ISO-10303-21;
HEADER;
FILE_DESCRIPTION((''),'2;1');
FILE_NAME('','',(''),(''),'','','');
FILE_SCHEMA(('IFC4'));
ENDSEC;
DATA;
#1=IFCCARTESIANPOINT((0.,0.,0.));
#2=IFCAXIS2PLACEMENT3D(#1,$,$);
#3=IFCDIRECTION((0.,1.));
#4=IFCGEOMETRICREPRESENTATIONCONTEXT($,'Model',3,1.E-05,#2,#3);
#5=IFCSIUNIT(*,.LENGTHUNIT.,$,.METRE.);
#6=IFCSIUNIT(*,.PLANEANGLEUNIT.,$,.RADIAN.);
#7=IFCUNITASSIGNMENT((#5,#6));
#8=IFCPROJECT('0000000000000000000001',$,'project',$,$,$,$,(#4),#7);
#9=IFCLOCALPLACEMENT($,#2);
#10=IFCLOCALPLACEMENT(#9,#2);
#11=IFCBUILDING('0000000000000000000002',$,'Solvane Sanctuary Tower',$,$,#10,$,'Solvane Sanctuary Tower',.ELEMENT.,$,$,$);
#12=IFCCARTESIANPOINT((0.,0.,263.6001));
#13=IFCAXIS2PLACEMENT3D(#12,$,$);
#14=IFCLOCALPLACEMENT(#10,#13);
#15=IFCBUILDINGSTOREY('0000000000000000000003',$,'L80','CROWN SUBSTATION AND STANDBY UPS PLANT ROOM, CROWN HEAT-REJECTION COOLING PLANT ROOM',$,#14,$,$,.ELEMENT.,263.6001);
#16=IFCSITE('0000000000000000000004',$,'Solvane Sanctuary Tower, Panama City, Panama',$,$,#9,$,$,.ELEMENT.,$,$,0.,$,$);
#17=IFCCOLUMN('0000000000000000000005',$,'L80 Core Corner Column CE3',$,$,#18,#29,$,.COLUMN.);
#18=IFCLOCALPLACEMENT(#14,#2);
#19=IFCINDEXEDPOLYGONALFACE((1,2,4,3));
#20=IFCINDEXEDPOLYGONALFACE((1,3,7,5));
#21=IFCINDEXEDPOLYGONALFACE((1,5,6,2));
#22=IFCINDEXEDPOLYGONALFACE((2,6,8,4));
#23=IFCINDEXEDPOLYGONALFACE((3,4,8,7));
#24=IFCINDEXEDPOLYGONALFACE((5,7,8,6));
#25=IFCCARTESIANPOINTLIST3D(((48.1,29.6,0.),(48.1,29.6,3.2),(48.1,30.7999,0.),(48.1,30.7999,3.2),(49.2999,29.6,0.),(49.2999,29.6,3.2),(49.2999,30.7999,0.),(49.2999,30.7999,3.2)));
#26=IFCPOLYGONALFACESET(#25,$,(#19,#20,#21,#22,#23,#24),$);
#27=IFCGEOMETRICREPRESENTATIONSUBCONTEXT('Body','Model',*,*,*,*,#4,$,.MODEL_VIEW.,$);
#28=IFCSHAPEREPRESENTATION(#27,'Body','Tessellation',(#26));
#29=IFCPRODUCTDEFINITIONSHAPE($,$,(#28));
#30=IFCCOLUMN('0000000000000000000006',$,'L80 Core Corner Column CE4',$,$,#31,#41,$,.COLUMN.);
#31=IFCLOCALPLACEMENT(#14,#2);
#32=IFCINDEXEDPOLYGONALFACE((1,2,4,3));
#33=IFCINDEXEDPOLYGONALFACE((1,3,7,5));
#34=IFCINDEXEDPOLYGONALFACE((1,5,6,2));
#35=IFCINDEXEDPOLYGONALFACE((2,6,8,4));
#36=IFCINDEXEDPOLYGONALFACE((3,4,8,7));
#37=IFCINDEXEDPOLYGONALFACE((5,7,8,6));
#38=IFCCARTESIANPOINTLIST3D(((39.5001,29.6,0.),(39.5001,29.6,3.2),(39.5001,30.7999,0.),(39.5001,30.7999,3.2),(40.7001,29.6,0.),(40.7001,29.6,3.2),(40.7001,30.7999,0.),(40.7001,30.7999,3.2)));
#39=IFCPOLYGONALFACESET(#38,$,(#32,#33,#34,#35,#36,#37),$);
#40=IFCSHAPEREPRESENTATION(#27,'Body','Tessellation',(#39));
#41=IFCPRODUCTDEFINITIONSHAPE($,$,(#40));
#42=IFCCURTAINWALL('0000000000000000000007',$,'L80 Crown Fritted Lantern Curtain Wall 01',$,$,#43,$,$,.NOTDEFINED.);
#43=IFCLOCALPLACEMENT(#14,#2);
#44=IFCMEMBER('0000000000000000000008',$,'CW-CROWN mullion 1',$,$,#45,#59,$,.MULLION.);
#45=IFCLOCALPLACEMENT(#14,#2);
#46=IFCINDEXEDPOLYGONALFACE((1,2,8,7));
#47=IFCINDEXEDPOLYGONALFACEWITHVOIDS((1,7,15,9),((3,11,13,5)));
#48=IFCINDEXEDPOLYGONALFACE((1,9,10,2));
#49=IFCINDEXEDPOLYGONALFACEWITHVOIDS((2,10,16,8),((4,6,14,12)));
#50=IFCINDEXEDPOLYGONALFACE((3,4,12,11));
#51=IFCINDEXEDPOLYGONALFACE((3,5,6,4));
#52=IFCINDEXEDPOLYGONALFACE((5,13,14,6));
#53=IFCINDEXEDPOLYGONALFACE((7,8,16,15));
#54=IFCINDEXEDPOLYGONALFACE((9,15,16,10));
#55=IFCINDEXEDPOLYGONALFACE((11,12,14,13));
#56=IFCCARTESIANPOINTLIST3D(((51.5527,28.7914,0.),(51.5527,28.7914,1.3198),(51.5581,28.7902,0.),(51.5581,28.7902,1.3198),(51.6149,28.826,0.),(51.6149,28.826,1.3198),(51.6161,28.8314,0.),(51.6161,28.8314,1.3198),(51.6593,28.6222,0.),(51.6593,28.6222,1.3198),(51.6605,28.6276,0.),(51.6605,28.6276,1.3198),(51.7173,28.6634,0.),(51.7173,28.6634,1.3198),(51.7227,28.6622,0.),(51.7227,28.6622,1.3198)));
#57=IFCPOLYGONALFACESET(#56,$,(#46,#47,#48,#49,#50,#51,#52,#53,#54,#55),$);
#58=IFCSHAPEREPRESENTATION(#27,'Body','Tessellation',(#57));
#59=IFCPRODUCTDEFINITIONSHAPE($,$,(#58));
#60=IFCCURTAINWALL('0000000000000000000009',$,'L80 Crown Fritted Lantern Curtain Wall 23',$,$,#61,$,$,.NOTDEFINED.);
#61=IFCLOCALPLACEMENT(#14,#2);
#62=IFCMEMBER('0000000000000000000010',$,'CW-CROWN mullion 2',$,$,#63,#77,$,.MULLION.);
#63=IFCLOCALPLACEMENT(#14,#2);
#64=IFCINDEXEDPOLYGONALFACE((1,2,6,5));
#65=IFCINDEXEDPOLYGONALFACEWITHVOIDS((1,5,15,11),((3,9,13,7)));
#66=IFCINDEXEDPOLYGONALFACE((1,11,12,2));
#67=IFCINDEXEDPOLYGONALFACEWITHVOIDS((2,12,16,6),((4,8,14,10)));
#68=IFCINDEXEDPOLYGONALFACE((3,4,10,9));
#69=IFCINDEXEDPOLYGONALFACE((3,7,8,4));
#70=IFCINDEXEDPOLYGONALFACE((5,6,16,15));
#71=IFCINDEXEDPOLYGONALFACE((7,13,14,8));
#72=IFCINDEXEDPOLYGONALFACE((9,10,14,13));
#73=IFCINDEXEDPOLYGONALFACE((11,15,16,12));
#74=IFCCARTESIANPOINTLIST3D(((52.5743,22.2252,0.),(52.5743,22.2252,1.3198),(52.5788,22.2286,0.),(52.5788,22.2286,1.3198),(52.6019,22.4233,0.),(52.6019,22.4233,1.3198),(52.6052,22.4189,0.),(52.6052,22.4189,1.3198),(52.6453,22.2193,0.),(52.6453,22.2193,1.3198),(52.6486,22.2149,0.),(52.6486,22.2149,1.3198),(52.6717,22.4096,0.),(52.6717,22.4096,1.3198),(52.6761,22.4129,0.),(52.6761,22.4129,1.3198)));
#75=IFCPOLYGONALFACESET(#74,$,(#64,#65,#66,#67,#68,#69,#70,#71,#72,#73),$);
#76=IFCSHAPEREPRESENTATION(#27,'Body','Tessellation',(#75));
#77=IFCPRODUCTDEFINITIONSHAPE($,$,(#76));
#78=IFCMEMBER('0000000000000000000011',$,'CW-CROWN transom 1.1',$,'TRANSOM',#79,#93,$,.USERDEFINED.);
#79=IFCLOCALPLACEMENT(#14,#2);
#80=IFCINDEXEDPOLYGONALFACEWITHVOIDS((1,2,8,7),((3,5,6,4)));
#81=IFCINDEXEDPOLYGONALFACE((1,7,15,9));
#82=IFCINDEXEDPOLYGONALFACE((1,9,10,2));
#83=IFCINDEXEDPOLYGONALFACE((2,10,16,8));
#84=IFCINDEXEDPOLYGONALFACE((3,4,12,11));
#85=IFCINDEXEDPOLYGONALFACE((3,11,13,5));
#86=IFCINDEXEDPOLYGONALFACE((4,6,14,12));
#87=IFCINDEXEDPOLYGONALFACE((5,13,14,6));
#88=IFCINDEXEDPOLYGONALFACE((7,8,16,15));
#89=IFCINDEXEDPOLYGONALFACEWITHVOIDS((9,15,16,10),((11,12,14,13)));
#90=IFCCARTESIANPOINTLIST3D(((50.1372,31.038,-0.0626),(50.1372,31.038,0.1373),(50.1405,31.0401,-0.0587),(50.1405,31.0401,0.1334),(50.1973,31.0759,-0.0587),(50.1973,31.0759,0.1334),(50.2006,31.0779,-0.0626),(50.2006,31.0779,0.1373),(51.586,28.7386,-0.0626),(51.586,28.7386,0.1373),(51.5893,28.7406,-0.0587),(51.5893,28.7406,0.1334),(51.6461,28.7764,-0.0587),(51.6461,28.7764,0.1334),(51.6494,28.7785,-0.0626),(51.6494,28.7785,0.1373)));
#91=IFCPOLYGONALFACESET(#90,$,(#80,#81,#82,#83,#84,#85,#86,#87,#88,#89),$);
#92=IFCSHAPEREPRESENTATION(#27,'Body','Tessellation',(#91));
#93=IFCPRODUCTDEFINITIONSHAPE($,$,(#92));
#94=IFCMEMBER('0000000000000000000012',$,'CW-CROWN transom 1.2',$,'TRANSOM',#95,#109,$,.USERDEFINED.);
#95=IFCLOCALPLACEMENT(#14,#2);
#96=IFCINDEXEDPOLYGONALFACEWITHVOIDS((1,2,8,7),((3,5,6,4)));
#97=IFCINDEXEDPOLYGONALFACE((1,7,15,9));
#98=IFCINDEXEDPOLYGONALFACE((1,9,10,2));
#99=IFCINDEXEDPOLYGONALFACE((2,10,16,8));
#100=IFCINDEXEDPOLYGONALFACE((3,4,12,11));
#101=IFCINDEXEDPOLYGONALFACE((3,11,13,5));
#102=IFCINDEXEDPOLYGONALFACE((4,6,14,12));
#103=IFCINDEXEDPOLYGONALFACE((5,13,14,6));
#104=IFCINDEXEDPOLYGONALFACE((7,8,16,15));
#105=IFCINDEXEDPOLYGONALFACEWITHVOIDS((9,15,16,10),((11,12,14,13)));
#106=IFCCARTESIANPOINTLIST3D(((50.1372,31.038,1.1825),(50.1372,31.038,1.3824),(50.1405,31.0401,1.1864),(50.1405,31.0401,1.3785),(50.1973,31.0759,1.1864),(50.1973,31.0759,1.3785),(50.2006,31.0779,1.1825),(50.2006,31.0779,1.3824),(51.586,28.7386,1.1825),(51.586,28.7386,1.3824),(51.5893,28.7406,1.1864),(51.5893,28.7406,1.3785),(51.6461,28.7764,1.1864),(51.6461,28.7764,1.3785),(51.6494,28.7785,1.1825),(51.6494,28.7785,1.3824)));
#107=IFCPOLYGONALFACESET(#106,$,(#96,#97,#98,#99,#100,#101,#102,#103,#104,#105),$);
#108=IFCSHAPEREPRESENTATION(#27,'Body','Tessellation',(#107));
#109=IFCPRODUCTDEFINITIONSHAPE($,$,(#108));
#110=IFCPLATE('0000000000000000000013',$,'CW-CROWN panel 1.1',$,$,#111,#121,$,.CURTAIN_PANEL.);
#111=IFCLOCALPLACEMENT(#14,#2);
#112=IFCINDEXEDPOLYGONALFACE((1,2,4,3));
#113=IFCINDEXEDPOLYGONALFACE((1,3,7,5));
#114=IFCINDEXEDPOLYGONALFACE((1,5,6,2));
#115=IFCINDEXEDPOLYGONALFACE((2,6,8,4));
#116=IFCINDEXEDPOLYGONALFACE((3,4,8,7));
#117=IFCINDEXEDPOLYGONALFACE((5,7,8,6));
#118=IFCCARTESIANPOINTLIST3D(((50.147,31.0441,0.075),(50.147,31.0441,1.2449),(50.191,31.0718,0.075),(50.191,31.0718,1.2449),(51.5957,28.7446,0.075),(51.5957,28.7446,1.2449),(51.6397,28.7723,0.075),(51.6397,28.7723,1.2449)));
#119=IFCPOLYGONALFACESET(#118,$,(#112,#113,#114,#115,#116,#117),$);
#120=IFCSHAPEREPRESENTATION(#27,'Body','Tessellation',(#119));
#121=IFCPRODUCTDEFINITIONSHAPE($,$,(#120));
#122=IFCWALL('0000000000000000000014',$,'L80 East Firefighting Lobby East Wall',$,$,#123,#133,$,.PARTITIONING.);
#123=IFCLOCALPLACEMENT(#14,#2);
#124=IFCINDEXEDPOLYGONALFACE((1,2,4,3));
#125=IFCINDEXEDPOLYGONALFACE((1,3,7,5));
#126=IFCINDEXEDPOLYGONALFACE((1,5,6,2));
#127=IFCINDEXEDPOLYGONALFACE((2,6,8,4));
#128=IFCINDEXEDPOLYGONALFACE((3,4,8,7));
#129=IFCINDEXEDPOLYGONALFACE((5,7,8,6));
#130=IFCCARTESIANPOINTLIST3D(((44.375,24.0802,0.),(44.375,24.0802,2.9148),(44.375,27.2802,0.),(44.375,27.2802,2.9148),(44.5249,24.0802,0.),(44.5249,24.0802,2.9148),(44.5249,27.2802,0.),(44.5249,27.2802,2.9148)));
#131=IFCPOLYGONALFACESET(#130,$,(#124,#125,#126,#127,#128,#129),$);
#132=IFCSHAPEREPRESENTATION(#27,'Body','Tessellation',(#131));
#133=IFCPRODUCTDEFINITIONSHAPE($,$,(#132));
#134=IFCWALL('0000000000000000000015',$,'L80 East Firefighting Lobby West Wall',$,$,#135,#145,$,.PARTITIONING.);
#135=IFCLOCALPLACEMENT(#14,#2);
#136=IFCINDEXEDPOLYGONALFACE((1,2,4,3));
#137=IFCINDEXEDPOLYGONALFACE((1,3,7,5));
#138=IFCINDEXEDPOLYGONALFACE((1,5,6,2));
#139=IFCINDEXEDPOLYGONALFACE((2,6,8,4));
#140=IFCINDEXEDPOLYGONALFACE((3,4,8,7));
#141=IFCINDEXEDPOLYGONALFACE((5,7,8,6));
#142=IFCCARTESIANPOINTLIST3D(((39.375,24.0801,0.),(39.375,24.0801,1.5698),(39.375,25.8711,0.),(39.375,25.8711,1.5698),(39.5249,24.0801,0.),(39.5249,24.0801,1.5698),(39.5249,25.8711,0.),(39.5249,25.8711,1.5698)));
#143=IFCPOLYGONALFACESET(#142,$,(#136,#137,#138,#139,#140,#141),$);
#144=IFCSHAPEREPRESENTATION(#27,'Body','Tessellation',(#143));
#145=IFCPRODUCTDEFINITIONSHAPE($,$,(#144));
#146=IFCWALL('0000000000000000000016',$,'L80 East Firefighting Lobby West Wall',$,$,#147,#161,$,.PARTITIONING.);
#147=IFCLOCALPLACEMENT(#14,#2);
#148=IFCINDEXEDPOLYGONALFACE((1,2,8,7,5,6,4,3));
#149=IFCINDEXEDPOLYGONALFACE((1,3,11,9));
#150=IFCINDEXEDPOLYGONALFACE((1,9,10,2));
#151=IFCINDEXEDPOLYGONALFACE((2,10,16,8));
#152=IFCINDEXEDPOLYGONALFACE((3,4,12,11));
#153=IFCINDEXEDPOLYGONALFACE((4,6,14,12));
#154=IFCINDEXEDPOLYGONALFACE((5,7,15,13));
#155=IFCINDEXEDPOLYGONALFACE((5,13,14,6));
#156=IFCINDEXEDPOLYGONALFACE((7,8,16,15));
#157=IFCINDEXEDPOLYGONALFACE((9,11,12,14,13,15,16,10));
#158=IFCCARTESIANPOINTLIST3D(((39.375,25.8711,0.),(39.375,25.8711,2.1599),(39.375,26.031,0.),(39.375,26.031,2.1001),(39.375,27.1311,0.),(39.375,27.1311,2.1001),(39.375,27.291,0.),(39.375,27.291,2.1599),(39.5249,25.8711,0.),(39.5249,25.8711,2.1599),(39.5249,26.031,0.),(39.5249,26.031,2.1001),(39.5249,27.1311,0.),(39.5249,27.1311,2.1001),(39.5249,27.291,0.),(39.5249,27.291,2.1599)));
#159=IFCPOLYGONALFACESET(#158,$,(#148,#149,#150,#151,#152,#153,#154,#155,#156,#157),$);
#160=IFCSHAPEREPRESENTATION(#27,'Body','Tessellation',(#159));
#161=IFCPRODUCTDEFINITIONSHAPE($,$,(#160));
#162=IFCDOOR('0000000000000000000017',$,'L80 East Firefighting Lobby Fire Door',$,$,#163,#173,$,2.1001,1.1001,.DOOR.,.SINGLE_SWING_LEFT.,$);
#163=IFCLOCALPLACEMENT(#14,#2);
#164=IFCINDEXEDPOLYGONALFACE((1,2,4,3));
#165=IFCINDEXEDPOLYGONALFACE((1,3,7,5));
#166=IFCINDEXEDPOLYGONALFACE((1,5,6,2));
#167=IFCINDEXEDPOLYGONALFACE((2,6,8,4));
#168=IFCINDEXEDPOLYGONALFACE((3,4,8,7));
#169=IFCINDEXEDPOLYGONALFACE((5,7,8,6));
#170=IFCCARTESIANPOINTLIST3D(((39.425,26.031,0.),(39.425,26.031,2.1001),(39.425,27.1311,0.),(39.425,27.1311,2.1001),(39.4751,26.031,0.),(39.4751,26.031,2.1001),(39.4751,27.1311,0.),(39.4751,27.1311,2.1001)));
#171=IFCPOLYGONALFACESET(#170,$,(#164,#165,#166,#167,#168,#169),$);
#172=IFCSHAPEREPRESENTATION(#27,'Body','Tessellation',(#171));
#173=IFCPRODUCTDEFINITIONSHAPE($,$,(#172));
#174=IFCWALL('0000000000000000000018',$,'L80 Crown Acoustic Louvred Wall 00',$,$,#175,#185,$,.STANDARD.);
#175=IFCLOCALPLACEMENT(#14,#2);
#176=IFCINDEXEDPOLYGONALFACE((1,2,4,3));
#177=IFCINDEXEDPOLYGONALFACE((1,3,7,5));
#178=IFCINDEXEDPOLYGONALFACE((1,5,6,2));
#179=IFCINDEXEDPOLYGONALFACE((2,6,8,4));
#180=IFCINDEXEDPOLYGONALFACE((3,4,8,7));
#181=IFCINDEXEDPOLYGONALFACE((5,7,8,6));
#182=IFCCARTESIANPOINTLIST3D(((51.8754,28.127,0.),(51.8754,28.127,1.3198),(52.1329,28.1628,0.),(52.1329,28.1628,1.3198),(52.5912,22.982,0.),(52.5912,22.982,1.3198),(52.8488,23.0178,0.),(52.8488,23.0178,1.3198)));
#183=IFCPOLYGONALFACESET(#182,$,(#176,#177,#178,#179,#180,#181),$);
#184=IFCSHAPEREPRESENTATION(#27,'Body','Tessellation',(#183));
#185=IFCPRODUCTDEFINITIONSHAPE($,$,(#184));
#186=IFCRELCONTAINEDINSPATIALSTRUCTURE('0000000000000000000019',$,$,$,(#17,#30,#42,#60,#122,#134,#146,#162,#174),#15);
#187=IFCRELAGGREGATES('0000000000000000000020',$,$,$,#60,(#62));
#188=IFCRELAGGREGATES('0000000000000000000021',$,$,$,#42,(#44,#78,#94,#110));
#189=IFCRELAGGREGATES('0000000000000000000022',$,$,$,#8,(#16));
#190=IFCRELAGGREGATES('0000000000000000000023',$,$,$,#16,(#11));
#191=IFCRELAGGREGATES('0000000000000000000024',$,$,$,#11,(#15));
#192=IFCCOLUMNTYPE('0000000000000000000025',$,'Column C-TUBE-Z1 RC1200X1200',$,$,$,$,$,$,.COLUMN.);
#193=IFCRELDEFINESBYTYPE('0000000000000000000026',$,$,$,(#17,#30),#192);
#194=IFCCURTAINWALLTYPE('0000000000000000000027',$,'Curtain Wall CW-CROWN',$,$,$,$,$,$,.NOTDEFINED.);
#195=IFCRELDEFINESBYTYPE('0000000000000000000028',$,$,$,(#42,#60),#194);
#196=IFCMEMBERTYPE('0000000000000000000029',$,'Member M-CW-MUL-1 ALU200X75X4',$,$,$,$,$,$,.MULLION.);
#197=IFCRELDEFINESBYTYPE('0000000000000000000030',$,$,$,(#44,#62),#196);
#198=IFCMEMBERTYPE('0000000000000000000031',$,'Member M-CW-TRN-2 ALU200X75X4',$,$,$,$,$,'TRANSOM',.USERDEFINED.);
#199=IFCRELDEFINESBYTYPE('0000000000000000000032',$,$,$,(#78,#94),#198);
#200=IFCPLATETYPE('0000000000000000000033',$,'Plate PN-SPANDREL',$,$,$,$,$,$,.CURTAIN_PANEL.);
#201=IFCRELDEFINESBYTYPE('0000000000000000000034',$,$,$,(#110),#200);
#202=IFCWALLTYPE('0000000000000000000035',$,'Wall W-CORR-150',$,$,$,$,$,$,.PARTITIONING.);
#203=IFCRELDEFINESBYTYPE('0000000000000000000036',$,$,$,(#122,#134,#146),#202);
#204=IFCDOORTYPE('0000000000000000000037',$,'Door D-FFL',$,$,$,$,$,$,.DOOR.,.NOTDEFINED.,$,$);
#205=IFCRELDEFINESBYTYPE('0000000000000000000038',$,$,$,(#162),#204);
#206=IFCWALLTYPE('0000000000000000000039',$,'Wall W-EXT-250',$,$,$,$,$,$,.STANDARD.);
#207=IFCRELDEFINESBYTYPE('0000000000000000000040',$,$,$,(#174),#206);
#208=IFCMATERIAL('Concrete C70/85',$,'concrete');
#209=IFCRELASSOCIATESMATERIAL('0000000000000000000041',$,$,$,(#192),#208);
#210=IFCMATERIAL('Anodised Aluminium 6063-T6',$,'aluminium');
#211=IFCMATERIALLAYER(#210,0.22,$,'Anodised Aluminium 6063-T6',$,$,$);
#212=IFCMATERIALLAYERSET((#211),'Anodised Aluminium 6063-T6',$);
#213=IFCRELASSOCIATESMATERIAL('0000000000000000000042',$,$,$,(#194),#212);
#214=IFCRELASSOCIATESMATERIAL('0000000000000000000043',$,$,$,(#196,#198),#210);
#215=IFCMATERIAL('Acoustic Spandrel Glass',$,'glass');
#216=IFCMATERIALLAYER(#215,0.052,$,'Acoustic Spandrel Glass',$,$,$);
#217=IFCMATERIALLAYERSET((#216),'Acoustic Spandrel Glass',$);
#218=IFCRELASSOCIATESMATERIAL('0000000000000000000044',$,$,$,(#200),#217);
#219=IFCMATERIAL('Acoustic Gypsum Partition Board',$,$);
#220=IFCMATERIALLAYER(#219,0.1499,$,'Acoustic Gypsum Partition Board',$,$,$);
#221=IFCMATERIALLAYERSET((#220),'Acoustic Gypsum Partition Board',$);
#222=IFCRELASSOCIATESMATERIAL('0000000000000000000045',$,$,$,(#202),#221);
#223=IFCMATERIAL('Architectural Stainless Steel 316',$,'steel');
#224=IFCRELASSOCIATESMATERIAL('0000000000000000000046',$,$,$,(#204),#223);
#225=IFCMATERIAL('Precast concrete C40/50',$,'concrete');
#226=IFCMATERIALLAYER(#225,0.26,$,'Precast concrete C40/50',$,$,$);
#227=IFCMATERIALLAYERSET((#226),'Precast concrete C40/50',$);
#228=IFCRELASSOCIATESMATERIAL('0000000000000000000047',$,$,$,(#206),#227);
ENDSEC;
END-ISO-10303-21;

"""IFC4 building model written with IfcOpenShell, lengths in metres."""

from ifc_helpers import new_model, si_unit, direction, frame, frame_2d, origin, origin_2d, place, context, subcontext, project, spatial, rectangle, hollow_rectangle, extrude, material, layer, layer_set, material_profile, profile_set, type_object, element, fill, aggregate, save


model = new_model("IFC4")

# Units and contexts
model_context = context("Model", 3, precision=1e-05, world=origin(), true_north=direction((0.0, 1.0)))
body_context = subcontext(model_context, "Body", "Model", "MODEL_VIEW")
ifc_project = project(units=[si_unit("LENGTHUNIT", "METRE"), si_unit("PLANEANGLEUNIT", "RADIAN")], contexts=[model_context])

# Site, building, storey
site_placement = place(None, origin())
site = spatial("IfcSite", under=ifc_project, at=site_placement, Name="Solvane Sanctuary Tower, Panama City, Panama", CompositionType="ELEMENT", RefElevation=0.0)
building_placement = place(site_placement, origin())
building = spatial("IfcBuilding", under=site, at=building_placement, Name="Solvane Sanctuary Tower", LongName="Solvane Sanctuary Tower", CompositionType="ELEMENT")
storey_placement = place(building_placement, frame((0.0, 0.0, 263.6001)))
storey = spatial("IfcBuildingStorey", under=building, at=storey_placement, Name="L80", Description="CROWN SUBSTATION AND STANDBY UPS PLANT ROOM, CROWN HEAT-REJECTION COOLING PLANT ROOM", CompositionType="ELEMENT", Elevation=263.6001)

# Columns
ifc_material_1 = material(Name="Concrete C70/85", Category="concrete")
ifc_material_profile_1 = material_profile(ifc_material_1, rectangle(XDim=1.2, YDim=1.2, at=origin_2d()), Name="RC1200X1200")
ifc_profile_set_1 = profile_set([ifc_material_profile_1], Name="Concrete C70/85")
column_type = type_object("IfcColumnType", Name="Column C-TUBE-Z1 RC1200X1200", PredefinedType="COLUMN", material=ifc_profile_set_1)
for number, where, z_axis, x_axis, name in (
    (1, (48.7, 30.2, 0.0), (0.0, 0.0, 1.0), (1.0, 0.0, 0.0), "L80 Core Corner Column CE3"),
    (2, (40.1001, 30.2, 0.0), (0.0, 0.0, 1.0), (1.0, 0.0, 0.0), "L80 Core Corner Column CE4"),
):
    element("IfcColumn", number, at=place(storey_placement, frame(where, z_axis=z_axis, x_axis=x_axis)), inside=storey, type_object=column_type, Name=name, PredefinedType="COLUMN", context=body_context, shape_type="SweptSolid", body=[
        extrude(rectangle(XDim=1.2, YDim=1.2, at=origin_2d()), origin(), (0.0, 0.0, 1.0), 3.2),
    ])

# Curtain walls, members
ifc_material_2 = material(Name="Anodised Aluminium 6063-T6", Category="aluminium")
ifc_layer_1 = layer(ifc_material_2, 0.22, Name="Anodised Aluminium 6063-T6")
ifc_layer_set_1 = layer_set([ifc_layer_1], Name="Anodised Aluminium 6063-T6")
curtain_wall_type = type_object("IfcCurtainWallType", Name="Curtain Wall CW-CROWN", PredefinedType="NOTDEFINED", material=ifc_layer_set_1)
curtain_wall_1_placement = place(storey_placement, origin())
curtain_wall_1 = element("IfcCurtainWall", 3, at=curtain_wall_1_placement, inside=storey, type_object=curtain_wall_type, Name="L80 Crown Fritted Lantern Curtain Wall 01", PredefinedType="NOTDEFINED")
ifc_material_profile_2 = material_profile(ifc_material_2, hollow_rectangle(XDim=0.075, YDim=0.2, WallThickness=0.0039, at=origin_2d()), Name="ALU200X75X4")
ifc_profile_set_2 = profile_set([ifc_material_profile_2], Name="Anodised Aluminium 6063-T6")
member_type_1 = type_object("IfcMemberType", Name="Member M-CW-MUL-1 ALU200X75X4", PredefinedType="MULLION", material=ifc_profile_set_2)
member_1_placement = place(storey_placement, frame((51.6377, 28.7268, 0.0), z_axis=(0.0, 0.0, 1.0), x_axis=(-0.846087, -0.533045, 0.0)))
member_1 = element("IfcMember", 4, at=member_1_placement, type_object=member_type_1, Name="CW-CROWN mullion 1", PredefinedType="MULLION", context=body_context, shape_type="SweptSolid", body=[
    extrude(hollow_rectangle(XDim=0.075, YDim=0.2, WallThickness=0.0039, at=origin_2d()), origin(), (0.0, 0.0, 1.0), 1.3198),
])
curtain_wall_2_placement = place(storey_placement, origin())
curtain_wall_2 = element("IfcCurtainWall", 5, at=curtain_wall_2_placement, inside=storey, type_object=curtain_wall_type, Name="L80 Crown Fritted Lantern Curtain Wall 23", PredefinedType="NOTDEFINED")
member_2_placement = place(storey_placement, frame((52.6252, 22.3191, 0.0), z_axis=(0.0, 0.0, 1.0), x_axis=(-0.990459, 0.137808, 0.0)))
member_2 = element("IfcMember", 6, at=member_2_placement, type_object=member_type_1, Name="CW-CROWN mullion 2", PredefinedType="MULLION", context=body_context, shape_type="SweptSolid", body=[
    extrude(hollow_rectangle(XDim=0.075, YDim=0.2, WallThickness=0.0039, at=origin_2d()), origin(), (0.0, 0.0, 1.0), 1.3198),
])
aggregate(curtain_wall_2, [member_2])

# Members
ifc_material_profile_3 = material_profile(ifc_material_2, hollow_rectangle(XDim=0.075, YDim=0.2, WallThickness=0.0039, at=origin_2d()), Name="ALU200X75X4")
ifc_profile_set_3 = profile_set([ifc_material_profile_3], Name="Anodised Aluminium 6063-T6")
member_type_2 = type_object("IfcMemberType", Name="Member M-CW-TRN-2 ALU200X75X4", ElementType="TRANSOM", PredefinedType="USERDEFINED", material=ifc_profile_set_3)
member_3_placement = place(storey_placement, frame((51.6177, 28.7585, 0.0374), z_axis=(-0.53308, 0.846065, 0.0), x_axis=(-0.846065, -0.53308, 0.0)))
member_3 = element("IfcMember", 7, at=member_3_placement, type_object=member_type_2, Name="CW-CROWN transom 1.1", ObjectType="TRANSOM", PredefinedType="USERDEFINED", context=body_context, shape_type="SweptSolid", body=[
    extrude(hollow_rectangle(XDim=0.075, YDim=0.2, WallThickness=0.0039, at=origin_2d()), origin(), (0.0, 0.0, 1.0), 2.7178),
])
member_4_placement = place(storey_placement, frame((51.6177, 28.7585, 1.2825), z_axis=(-0.53308, 0.846065, 0.0), x_axis=(-0.846065, -0.53308, 0.0)))
member_4 = element("IfcMember", 8, at=member_4_placement, type_object=member_type_2, Name="CW-CROWN transom 1.2", ObjectType="TRANSOM", PredefinedType="USERDEFINED", context=body_context, shape_type="SweptSolid", body=[
    extrude(hollow_rectangle(XDim=0.075, YDim=0.2, WallThickness=0.0039, at=origin_2d()), origin(), (0.0, 0.0, 1.0), 2.7178),
])

# Plate
ifc_material_3 = material(Name="Acoustic Spandrel Glass", Category="glass")
ifc_layer_2 = layer(ifc_material_3, 0.052, Name="Acoustic Spandrel Glass")
ifc_layer_set_2 = layer_set([ifc_layer_2], Name="Acoustic Spandrel Glass")
plate_type = type_object("IfcPlateType", Name="Plate PN-SPANDREL", PredefinedType="CURTAIN_PANEL", material=ifc_layer_set_2)
plate_placement = place(storey_placement, frame((50.8933, 29.9082, 0.075), z_axis=(0.0, 0.0, 1.0), x_axis=(-0.533045, 0.846087, 0.0)))
plate = element("IfcPlate", 9, at=plate_placement, type_object=plate_type, Name="CW-CROWN panel 1.1", PredefinedType="CURTAIN_PANEL", context=body_context, shape_type="SweptSolid", body=[
    extrude(rectangle(XDim=2.7178, YDim=0.052, at=origin_2d()), origin(), (0.0, 0.0, 1.0), 1.1699),
])
aggregate(curtain_wall_1, [member_1, member_3, member_4, plate])

# Walls
ifc_material_4 = material(Name="Acoustic Gypsum Partition Board")
ifc_layer_3 = layer(ifc_material_4, 0.1499, Name="Acoustic Gypsum Partition Board")
ifc_layer_set_3 = layer_set([ifc_layer_3], Name="Acoustic Gypsum Partition Board")
wall_type_1 = type_object("IfcWallType", Name="Wall W-CORR-150", PredefinedType="PARTITIONING", material=ifc_layer_set_3)
wall_1_placement = place(storey_placement, frame((44.45, 24.0801, 0.0), z_axis=(0.0, 0.0, 1.0), x_axis=(0.0, 1.0, 0.0)))
element("IfcWall", 10, at=wall_1_placement, inside=storey, type_object=wall_type_1, Name="L80 East Firefighting Lobby East Wall", PredefinedType="PARTITIONING", context=body_context, shape_type="SweptSolid", body=[
    extrude(rectangle(XDim=3.2, YDim=0.1499, at=frame_2d((1.6001, 0.0))), origin(), (0.0, 0.0, 1.0), 2.9148),
])
wall_2_placement = place(storey_placement, frame((39.45, 24.0801, 0.0), z_axis=(0.0, 0.0, 1.0), x_axis=(0.0, 1.0, 0.0)))
element("IfcWall", 11, at=wall_2_placement, inside=storey, type_object=wall_type_1, Name="L80 East Firefighting Lobby West Wall", PredefinedType="PARTITIONING", context=body_context, shape_type="SweptSolid", body=[
    extrude(rectangle(XDim=1.791, YDim=0.1499, at=frame_2d((0.8955, 0.0))), origin(), (0.0, 0.0, 1.0), 1.5698),
])

# Wall, opening, door
wall_3_placement = place(storey_placement, frame((39.45, 25.8711, 0.0), z_axis=(0.0, 0.0, 1.0), x_axis=(0.0, 1.0, 0.0)))
wall_3 = element("IfcWall", 12, at=wall_3_placement, inside=storey, type_object=wall_type_1, Name="L80 East Firefighting Lobby West Wall", PredefinedType="PARTITIONING", context=body_context, shape_type="SweptSolid", body=[
    extrude(rectangle(XDim=1.4199, YDim=0.1499, at=frame_2d((0.71, 0.0))), origin(), (0.0, 0.0, 1.0), 2.1599),
])
opening_1_placement = place(wall_3_placement, frame((0.1599, 0.0, 0.0)))
opening_1 = element("IfcOpeningElement", 13, at=opening_1_placement, cuts=wall_3, PredefinedType="OPENING", context=body_context, shape_type="SweptSolid", body=[
    extrude(rectangle(XDim=1.1001, YDim=2.1001, at=frame_2d((0.55, 1.05))), frame((0.0, 0.085, 0.0), z_axis=(0.0, -1.0, 0.0), x_axis=(1.0, 0.0, 0.0)), (0.0, 0.0, 1.0), 0.1699),
])
ifc_material_5 = material(Name="Architectural Stainless Steel 316", Category="steel")
door_type_1 = type_object("IfcDoorType", Name="Door D-FFL", OperationType="NOTDEFINED", PredefinedType="DOOR", material=ifc_material_5)
door_1_placement = place(opening_1_placement, origin())
door_1 = element("IfcDoor", 14, at=door_1_placement, inside=storey, type_object=door_type_1, Name="L80 East Firefighting Lobby Fire Door", OperationType="SINGLE_SWING_LEFT", OverallHeight=2.1001, OverallWidth=1.1001, PredefinedType="DOOR", context=body_context, shape_type="SweptSolid", body=[
    extrude(rectangle(XDim=1.1001, YDim=2.1001, at=frame_2d((0.55, 1.05))), frame((0.0, 0.0249, 0.0), z_axis=(0.0, -1.0, 0.0), x_axis=(1.0, 0.0, 0.0)), (0.0, 0.0, 1.0), 0.05),
])
fill(opening_1, door_1)

# Wall
ifc_material_6 = material(Name="Precast concrete C40/50", Category="concrete")
ifc_layer_4 = layer(ifc_material_6, 0.26, Name="Precast concrete C40/50")
ifc_layer_set_4 = layer_set([ifc_layer_4], Name="Precast concrete C40/50")
wall_type_2 = type_object("IfcWallType", Name="Wall W-EXT-250", PredefinedType="STANDARD", material=ifc_layer_set_4)
wall_4_placement = place(storey_placement, frame((52.72, 23.0, 0.0), z_axis=(0.0, 0.0, 1.0), x_axis=(-0.137801, 0.99046, 0.0)))
element("IfcWall", 15, at=wall_4_placement, inside=storey, type_object=wall_type_2, Name="L80 Crown Acoustic Louvred Wall 00", PredefinedType="STANDARD", context=body_context, shape_type="SweptSolid", body=[
    extrude(rectangle(XDim=5.1946, YDim=0.26, at=frame_2d((2.5972, 0.0))), origin(), (0.0, 0.0, 1.0), 1.3198),
])

save(model, "model.ifc")
